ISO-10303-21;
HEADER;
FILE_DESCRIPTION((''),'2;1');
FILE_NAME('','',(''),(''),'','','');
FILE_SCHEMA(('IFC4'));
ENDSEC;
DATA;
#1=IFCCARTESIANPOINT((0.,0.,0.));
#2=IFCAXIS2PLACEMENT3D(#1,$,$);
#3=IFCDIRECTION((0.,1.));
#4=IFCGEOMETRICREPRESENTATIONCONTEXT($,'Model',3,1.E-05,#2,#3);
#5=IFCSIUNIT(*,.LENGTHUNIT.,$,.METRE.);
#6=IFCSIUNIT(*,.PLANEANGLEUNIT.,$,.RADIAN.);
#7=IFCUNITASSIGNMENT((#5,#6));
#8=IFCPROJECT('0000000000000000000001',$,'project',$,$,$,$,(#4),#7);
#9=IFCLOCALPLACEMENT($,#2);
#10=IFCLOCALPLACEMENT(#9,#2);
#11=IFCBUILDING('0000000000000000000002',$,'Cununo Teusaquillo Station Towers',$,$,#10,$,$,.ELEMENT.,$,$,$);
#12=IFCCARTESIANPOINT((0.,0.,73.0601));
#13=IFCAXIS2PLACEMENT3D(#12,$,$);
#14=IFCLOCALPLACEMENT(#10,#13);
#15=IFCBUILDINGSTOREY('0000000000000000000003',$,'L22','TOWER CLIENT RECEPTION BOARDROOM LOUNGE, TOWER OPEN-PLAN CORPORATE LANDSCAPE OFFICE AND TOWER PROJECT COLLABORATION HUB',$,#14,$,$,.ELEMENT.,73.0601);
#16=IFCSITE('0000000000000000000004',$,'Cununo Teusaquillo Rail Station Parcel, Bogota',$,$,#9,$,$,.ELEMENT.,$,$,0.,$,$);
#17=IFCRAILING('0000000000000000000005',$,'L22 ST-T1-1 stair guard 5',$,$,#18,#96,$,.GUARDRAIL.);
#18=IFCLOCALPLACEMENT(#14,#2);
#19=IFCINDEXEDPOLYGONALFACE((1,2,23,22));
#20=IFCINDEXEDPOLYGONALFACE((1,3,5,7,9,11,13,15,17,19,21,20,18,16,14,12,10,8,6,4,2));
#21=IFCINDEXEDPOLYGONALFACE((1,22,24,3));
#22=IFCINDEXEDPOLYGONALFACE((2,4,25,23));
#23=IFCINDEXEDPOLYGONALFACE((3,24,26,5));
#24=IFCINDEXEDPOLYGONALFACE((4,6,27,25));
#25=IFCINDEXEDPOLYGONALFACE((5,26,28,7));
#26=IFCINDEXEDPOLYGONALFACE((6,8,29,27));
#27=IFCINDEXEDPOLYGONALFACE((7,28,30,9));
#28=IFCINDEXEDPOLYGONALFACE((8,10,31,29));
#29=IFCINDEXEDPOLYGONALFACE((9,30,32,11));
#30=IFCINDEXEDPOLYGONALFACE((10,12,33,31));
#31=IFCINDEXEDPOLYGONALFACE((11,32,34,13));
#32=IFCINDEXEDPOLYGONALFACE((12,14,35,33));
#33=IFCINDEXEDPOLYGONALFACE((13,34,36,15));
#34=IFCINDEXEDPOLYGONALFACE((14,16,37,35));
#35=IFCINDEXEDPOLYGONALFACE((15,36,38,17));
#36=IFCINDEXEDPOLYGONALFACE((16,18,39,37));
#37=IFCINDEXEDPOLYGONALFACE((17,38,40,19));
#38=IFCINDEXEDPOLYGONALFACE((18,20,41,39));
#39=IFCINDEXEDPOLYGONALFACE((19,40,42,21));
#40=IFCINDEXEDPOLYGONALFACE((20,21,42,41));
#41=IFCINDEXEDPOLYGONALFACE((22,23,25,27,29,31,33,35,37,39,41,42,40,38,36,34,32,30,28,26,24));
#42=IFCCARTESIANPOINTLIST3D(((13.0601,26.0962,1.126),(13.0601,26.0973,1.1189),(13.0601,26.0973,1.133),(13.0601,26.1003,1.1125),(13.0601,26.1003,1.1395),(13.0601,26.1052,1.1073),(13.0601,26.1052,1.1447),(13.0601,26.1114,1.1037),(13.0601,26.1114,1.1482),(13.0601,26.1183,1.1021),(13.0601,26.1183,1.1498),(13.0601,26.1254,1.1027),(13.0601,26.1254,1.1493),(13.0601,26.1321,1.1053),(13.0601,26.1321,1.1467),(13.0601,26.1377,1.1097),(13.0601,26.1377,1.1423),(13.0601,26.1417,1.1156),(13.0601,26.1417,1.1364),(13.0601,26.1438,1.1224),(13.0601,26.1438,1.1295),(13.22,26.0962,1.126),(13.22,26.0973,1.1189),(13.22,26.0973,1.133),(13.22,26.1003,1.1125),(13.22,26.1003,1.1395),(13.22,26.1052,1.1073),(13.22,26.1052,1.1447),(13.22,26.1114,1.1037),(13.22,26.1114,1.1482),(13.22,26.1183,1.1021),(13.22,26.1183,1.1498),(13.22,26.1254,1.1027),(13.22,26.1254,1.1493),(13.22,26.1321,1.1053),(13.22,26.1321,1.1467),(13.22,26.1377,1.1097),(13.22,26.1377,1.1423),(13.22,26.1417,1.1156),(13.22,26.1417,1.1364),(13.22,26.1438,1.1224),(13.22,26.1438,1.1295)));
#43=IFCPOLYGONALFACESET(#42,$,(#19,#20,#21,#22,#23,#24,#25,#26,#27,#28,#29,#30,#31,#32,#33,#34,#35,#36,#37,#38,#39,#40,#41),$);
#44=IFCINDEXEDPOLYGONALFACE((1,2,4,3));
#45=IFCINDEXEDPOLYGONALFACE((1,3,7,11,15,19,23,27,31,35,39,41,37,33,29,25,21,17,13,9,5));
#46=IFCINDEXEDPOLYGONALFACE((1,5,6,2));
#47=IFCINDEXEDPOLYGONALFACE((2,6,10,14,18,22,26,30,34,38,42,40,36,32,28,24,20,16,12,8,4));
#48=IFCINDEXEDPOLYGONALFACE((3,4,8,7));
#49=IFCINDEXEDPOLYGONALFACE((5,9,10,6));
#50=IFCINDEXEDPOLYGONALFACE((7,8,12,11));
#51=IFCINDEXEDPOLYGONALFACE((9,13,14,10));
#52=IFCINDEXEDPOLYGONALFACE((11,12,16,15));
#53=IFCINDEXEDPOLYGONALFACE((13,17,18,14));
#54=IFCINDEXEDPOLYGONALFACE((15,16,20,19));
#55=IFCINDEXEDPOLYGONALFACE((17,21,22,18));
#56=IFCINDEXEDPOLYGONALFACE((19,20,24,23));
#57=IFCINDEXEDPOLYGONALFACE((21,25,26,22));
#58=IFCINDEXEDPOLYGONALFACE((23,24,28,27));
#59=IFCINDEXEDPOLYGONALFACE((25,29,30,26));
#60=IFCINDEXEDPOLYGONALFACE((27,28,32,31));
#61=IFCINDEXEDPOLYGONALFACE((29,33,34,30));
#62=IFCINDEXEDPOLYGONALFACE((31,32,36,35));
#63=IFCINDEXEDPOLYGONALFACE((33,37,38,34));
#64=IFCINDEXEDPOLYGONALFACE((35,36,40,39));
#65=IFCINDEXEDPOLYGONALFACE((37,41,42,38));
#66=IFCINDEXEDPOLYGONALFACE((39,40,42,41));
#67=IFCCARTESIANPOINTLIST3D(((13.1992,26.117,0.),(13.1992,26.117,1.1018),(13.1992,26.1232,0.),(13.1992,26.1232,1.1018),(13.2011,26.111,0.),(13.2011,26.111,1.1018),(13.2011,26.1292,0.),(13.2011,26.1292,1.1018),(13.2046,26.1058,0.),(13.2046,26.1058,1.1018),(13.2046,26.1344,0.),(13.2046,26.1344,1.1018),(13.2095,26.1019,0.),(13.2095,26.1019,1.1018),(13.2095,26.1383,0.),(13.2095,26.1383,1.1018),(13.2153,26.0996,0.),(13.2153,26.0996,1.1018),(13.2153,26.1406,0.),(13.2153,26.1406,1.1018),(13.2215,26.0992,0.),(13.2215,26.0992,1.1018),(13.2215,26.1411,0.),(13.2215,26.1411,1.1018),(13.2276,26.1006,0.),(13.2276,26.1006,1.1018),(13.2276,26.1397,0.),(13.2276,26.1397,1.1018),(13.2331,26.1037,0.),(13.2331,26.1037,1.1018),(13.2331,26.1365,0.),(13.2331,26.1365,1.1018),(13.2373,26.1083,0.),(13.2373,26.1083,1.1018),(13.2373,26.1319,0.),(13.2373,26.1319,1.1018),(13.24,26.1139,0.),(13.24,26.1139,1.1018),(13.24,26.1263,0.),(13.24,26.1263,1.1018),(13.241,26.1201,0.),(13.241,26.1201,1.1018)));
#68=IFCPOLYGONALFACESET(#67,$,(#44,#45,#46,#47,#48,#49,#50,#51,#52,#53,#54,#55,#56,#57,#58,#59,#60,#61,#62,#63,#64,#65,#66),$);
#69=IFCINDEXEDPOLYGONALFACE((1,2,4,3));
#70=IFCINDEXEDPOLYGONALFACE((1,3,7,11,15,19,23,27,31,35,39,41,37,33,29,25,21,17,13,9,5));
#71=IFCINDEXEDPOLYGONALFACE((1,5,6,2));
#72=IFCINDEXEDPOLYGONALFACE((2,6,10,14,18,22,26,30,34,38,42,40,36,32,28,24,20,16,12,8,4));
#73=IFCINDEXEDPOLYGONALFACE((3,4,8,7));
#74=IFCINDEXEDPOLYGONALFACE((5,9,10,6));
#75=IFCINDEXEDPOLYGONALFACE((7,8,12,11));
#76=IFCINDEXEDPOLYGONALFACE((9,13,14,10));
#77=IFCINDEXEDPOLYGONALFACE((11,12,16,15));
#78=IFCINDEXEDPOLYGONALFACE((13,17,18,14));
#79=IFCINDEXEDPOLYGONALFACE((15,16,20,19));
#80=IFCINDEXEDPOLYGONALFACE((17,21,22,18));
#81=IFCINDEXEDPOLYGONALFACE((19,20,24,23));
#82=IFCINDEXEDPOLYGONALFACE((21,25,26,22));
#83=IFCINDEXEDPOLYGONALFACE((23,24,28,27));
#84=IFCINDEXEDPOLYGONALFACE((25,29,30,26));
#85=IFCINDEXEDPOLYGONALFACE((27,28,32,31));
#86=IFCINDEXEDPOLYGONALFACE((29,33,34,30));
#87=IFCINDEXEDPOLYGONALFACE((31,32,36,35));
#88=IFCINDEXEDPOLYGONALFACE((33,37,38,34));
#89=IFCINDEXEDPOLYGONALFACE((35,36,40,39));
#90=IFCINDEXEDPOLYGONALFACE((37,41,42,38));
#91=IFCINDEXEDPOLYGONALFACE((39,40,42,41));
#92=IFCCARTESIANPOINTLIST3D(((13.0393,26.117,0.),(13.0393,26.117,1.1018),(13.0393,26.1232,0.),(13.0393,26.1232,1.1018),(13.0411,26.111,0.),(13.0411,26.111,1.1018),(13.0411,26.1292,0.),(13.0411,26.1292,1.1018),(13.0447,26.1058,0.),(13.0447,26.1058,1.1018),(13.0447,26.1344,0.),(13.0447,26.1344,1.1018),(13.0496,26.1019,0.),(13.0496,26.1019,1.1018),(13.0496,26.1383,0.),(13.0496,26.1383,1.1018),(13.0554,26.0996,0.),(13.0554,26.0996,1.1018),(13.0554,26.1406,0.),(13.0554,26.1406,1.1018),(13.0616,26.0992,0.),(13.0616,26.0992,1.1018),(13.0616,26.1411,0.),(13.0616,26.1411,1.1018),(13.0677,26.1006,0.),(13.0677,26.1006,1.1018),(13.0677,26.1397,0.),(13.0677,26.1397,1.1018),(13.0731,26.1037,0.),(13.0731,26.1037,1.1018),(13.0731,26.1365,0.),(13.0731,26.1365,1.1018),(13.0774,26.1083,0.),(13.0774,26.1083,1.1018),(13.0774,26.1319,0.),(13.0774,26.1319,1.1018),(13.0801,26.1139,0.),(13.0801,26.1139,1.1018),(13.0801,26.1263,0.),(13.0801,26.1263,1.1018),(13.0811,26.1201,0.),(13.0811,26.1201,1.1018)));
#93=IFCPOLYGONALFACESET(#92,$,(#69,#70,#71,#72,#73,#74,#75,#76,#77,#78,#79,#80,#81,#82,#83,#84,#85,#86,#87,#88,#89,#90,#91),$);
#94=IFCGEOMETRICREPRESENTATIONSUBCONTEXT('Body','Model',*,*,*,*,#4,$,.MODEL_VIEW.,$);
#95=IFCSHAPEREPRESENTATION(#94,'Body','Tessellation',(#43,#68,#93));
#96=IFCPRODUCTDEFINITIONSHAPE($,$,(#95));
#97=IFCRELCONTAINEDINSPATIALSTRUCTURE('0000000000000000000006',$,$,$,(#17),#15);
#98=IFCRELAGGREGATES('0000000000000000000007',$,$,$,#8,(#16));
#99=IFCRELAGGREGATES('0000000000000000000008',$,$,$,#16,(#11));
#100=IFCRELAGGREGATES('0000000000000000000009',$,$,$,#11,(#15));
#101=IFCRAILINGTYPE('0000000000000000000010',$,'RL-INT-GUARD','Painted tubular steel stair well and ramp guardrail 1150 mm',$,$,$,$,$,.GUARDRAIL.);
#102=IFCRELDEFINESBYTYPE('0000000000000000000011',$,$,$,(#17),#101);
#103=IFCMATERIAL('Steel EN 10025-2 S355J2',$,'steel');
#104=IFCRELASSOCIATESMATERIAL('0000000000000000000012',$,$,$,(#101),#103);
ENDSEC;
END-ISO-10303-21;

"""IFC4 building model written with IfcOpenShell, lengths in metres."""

from ifc_helpers import new_model, si_unit, direction, frame, origin, origin_2d, place, context, subcontext, project, spatial, circle, extrude, material, type_object, element, save


model = new_model("IFC4")

# Units and contexts
model_context = context("Model", 3, precision=1e-05, world=origin(), true_north=direction((0.0, 1.0)))
body_context = subcontext(model_context, "Body", "Model", "MODEL_VIEW")
ifc_project = project(units=[si_unit("LENGTHUNIT", "METRE"), si_unit("PLANEANGLEUNIT", "RADIAN")], contexts=[model_context])

# Site, building, storey
site_placement = place(None, origin())
site = spatial("IfcSite", under=ifc_project, at=site_placement, Name="Cununo Teusaquillo Rail Station Parcel, Bogota", CompositionType="ELEMENT", RefElevation=0.0)
building_placement = place(site_placement, origin())
building = spatial("IfcBuilding", under=site, at=building_placement, Name="Cununo Teusaquillo Station Towers", CompositionType="ELEMENT")
storey_placement = place(building_placement, frame((0.0, 0.0, 73.0601)))
storey = spatial("IfcBuildingStorey", under=building, at=storey_placement, Name="L22", Description="TOWER CLIENT RECEPTION BOARDROOM LOUNGE, TOWER OPEN-PLAN CORPORATE LANDSCAPE OFFICE AND TOWER PROJECT COLLABORATION HUB", CompositionType="ELEMENT", Elevation=73.0601)

# Railing
ifc_material_1 = material(Name="Steel EN 10025-2 S355J2", Category="steel")
railing_type_1 = type_object("IfcRailingType", Name="RL-INT-GUARD", Description="Painted tubular steel stair well and ramp guardrail 1150 mm", PredefinedType="GUARDRAIL", material=ifc_material_1)
railing_1_placement = place(storey_placement, frame((13.22, 26.1201, 0.0)))
element("IfcRailing", 1, at=railing_1_placement, inside=storey, type_object=railing_type_1, Name="L22 ST-T1-1 stair guard 5", PredefinedType="GUARDRAIL", context=body_context, shape_type="SweptSolid", body=[
    extrude(circle(Radius=0.0239, at=origin_2d()), frame((0.0, 0.0, 1.126), z_axis=(-1.0, 0.0, 0.0), x_axis=(0.0, -1.0, 0.0)), (0.0, 0.0, 1.0), 0.1599),
    extrude(circle(Radius=0.021, at=origin_2d()), origin(), (0.0, 0.0, 1.0), 1.1018),
    extrude(circle(Radius=0.021, at=origin_2d()), frame((-0.1599, 0.0, 0.0)), (0.0, 0.0, 1.0), 1.1018),
])

save(model, "model.ifc")
